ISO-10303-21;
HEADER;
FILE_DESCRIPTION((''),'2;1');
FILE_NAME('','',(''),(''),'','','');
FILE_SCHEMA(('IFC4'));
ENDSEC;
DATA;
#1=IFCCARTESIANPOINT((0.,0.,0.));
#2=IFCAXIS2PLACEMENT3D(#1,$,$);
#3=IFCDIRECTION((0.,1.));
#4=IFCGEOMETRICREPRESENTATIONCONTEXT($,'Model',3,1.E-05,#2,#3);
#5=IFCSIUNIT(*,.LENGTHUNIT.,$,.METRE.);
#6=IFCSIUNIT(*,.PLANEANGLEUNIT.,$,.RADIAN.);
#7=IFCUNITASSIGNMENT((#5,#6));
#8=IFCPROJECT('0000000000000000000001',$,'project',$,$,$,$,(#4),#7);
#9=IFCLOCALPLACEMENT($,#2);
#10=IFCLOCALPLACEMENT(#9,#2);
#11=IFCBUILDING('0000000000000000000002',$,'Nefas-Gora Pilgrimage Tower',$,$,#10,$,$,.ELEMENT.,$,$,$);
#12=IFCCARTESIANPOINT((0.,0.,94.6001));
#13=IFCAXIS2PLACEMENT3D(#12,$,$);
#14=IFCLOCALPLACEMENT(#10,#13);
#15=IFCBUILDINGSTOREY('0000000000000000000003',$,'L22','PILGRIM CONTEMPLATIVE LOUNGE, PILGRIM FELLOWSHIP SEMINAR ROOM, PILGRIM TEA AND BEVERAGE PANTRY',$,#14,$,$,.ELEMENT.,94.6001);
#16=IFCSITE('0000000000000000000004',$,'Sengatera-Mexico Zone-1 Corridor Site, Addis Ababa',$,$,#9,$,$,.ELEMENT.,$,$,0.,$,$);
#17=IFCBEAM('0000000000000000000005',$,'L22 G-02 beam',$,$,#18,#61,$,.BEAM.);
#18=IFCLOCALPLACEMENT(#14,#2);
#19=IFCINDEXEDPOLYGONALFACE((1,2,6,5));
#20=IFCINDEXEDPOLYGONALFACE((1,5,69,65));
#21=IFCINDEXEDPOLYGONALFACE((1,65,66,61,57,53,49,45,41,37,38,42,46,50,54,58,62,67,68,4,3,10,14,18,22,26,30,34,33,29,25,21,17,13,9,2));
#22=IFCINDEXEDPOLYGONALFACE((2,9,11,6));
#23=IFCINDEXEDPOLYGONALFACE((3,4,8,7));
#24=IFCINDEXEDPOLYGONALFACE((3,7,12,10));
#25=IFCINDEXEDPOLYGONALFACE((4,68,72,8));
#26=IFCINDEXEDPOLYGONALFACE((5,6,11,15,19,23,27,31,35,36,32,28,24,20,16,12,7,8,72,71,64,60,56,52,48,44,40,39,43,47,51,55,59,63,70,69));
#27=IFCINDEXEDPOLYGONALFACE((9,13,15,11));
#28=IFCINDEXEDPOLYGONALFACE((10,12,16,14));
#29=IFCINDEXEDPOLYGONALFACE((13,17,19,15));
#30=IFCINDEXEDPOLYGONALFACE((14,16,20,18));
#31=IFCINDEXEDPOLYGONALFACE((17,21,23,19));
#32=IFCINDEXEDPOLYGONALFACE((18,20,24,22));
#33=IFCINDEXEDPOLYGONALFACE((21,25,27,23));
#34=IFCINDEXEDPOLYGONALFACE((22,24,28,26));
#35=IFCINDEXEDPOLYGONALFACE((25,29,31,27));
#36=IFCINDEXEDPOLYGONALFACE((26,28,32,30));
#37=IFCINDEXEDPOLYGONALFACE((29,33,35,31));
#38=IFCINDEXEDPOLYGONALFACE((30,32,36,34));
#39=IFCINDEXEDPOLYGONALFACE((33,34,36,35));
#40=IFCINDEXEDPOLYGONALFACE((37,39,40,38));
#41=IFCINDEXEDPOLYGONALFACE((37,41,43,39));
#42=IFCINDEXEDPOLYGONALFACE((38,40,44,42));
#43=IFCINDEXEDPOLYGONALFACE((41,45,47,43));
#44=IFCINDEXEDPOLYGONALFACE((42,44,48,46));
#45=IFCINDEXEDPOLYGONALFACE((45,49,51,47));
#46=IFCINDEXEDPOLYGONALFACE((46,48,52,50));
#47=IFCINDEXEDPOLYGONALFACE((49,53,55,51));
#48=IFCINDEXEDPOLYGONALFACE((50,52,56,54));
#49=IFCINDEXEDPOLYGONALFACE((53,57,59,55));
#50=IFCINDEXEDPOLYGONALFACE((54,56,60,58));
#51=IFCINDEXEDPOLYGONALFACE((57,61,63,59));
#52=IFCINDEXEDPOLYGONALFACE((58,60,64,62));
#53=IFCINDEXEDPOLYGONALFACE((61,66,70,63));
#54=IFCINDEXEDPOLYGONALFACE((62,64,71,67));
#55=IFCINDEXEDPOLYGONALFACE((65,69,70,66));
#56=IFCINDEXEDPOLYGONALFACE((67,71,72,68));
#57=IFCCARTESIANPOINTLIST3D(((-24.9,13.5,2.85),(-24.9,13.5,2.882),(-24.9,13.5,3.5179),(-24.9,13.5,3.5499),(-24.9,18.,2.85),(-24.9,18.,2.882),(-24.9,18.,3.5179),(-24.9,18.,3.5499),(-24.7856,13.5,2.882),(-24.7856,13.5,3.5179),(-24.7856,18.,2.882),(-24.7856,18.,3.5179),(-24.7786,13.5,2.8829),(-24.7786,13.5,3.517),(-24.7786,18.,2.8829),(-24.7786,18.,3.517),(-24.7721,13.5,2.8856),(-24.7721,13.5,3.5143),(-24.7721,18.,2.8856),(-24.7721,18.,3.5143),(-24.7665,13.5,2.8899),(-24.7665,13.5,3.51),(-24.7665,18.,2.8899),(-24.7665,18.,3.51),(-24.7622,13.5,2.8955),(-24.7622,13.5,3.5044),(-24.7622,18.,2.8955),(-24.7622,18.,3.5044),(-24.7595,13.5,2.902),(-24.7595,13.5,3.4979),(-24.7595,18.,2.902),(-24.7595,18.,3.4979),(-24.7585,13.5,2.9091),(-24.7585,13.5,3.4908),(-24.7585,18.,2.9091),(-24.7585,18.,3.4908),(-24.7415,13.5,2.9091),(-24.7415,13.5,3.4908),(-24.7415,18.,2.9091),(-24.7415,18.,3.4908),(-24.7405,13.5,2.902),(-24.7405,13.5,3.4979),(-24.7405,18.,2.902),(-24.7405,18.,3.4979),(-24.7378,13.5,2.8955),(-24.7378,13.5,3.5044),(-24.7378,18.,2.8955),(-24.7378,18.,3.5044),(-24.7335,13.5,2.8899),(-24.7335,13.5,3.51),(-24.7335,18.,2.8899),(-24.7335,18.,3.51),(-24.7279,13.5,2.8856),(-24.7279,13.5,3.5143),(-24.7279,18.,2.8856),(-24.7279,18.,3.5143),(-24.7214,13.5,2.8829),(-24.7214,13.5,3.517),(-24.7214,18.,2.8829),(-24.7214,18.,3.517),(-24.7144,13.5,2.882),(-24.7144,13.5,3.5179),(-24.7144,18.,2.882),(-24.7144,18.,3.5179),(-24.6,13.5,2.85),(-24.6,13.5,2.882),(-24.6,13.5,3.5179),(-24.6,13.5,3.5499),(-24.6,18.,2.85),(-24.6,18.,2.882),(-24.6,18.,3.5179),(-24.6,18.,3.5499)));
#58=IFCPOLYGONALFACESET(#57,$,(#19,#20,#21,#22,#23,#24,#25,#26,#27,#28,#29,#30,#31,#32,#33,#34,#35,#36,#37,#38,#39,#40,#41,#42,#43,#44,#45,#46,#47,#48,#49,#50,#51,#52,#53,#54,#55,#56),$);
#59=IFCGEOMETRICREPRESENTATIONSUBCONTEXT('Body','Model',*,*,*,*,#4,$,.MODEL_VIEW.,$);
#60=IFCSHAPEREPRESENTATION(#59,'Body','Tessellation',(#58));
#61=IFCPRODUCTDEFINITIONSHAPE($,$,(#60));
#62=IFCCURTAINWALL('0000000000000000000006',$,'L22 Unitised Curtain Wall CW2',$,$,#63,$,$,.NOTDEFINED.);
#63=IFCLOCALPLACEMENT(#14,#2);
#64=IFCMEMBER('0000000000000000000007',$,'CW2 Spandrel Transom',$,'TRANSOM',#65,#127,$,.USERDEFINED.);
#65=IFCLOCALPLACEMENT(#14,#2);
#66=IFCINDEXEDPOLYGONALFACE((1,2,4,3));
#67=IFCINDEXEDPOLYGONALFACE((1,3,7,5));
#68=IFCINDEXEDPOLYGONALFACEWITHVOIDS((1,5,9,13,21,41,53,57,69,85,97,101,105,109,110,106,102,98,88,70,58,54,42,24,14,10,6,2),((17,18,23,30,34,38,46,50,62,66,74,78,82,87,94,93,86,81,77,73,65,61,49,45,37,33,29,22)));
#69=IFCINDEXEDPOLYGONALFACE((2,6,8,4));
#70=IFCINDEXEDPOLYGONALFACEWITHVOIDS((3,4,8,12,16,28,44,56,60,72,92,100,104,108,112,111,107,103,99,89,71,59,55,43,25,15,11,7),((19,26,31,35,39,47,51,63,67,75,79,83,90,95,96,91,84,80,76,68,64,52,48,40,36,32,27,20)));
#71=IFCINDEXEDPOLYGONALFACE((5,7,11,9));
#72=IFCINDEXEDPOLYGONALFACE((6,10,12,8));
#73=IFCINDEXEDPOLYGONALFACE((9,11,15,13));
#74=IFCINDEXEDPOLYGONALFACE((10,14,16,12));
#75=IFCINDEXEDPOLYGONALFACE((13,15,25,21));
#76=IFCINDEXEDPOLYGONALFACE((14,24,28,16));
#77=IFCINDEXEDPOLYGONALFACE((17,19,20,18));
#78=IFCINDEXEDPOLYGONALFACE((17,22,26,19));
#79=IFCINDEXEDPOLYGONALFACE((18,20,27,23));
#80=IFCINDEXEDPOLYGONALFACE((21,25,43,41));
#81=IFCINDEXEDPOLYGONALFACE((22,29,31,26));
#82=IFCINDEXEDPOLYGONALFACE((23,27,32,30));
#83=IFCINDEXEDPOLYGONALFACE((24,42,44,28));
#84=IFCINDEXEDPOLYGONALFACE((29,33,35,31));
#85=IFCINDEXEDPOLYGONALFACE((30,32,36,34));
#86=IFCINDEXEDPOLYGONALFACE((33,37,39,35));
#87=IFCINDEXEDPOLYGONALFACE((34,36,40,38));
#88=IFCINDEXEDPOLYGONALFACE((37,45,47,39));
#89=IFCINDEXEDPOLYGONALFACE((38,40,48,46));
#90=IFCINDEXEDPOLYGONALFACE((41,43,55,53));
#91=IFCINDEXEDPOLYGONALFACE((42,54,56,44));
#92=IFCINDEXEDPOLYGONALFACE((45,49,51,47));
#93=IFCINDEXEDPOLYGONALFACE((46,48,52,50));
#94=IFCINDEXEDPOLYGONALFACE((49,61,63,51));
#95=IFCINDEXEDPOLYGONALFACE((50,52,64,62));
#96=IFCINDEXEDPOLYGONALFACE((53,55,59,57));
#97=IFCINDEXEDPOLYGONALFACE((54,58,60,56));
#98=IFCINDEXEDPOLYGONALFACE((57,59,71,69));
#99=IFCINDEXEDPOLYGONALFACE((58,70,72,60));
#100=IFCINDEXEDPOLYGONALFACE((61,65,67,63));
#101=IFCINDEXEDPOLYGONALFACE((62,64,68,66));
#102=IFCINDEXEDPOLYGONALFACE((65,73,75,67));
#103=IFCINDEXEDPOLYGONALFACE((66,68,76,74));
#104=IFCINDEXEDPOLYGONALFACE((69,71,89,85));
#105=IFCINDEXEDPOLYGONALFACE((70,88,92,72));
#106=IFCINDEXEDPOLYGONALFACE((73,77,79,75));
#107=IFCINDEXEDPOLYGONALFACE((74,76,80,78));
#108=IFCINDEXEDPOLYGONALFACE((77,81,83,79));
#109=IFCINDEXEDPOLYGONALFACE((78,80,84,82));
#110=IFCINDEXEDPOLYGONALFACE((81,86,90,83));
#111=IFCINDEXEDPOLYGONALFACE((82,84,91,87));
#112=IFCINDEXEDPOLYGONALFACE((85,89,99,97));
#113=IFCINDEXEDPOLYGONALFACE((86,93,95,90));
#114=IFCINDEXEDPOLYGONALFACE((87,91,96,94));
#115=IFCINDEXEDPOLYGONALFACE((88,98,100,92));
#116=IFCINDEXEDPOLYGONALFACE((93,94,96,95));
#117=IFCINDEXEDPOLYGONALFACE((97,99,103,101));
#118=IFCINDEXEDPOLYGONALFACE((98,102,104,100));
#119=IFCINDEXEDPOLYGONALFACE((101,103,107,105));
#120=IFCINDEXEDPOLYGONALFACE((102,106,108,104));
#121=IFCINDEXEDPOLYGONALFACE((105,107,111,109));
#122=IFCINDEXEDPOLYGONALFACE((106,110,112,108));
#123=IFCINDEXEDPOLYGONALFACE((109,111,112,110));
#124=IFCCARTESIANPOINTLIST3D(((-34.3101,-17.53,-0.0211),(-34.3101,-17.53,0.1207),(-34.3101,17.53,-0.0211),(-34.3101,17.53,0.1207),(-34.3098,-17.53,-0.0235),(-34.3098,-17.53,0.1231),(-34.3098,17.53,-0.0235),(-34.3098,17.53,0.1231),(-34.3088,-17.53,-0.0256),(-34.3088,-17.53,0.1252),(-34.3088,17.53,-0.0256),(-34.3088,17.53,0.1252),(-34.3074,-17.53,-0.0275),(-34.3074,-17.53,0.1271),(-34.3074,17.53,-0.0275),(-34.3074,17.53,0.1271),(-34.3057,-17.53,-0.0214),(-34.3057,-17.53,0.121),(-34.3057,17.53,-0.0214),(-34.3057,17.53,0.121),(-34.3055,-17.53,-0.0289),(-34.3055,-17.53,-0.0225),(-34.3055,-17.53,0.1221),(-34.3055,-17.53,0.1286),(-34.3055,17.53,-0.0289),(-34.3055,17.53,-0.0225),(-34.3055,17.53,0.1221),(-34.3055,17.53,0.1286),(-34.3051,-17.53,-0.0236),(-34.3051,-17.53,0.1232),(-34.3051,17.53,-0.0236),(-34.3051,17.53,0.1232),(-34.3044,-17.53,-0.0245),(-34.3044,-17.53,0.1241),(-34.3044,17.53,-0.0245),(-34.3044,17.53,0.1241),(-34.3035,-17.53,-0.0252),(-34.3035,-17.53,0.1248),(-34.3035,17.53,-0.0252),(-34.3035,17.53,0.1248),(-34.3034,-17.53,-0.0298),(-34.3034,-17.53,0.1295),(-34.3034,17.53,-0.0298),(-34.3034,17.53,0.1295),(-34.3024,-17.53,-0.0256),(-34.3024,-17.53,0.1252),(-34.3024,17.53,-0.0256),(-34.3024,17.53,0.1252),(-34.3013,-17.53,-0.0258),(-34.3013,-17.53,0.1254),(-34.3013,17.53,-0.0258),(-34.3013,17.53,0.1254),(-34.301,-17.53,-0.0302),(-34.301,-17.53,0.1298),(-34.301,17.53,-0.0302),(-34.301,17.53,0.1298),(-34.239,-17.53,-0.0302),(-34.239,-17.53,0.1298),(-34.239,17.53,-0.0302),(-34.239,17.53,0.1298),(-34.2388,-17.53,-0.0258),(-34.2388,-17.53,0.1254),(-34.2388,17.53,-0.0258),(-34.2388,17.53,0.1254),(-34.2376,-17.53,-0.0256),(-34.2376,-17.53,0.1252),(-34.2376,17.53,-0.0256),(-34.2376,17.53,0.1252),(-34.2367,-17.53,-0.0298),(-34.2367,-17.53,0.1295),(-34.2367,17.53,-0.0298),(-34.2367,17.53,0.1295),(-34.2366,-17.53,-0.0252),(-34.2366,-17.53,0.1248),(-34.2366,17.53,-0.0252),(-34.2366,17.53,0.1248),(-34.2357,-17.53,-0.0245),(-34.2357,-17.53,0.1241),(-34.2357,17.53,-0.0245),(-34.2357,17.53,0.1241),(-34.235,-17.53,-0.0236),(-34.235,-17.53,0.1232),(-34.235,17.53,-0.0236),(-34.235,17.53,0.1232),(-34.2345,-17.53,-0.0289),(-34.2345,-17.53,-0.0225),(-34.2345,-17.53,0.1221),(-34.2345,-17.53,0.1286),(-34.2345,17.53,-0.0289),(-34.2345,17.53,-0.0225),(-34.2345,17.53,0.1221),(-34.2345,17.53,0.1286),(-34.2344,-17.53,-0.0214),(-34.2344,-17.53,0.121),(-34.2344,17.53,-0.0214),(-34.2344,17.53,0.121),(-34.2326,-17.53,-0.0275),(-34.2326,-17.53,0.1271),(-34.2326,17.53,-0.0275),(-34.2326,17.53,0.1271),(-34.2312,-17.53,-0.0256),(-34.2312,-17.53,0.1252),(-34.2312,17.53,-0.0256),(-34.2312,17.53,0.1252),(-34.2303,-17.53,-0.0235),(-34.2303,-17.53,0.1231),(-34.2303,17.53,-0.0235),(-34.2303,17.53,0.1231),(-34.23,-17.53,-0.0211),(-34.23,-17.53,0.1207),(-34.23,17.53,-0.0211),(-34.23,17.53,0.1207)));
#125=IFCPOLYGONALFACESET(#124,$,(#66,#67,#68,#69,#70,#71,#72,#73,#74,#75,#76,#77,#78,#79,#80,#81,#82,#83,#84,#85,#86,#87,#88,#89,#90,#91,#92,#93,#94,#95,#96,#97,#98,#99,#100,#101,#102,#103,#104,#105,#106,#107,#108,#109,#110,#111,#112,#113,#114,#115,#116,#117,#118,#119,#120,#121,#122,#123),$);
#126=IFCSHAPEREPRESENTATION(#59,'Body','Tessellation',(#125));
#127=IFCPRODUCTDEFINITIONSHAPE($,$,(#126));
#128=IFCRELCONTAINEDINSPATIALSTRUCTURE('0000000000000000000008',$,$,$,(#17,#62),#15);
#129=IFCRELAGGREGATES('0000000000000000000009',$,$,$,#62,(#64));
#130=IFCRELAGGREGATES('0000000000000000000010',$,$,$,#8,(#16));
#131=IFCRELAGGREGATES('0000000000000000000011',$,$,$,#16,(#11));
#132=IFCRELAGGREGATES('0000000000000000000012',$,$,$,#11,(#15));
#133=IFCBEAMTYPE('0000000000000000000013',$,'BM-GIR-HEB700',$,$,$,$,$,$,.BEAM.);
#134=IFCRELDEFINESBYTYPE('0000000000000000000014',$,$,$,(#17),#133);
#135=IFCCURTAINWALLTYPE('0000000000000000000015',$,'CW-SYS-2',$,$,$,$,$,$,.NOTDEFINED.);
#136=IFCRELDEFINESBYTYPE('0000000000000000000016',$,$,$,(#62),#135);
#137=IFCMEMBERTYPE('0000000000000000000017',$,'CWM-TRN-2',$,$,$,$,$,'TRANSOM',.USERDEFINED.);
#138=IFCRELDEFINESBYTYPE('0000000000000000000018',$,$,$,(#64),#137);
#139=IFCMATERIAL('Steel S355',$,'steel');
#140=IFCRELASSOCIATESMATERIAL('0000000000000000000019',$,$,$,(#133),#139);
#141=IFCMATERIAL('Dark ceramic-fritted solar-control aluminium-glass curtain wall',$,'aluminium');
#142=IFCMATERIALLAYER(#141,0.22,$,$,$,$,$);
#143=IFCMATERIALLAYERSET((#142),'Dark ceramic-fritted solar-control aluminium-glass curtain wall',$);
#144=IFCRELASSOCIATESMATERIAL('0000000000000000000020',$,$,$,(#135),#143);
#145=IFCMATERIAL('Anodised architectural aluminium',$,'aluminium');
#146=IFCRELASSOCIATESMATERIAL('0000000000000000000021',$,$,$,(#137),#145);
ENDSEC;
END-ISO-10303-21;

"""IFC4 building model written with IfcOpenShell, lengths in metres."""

from ifc_helpers import new_model, si_unit, direction, frame, origin, origin_2d, place, context, subcontext, project, spatial, hollow_rectangle, i_section, extrude, source, transform, mapped, material, layer, layer_set, material_profile, profile_set, type_object, element, aggregate, save


model = new_model("IFC4")

# Units and contexts
model_context = context("Model", 3, precision=1e-05, world=origin(), true_north=direction((0.0, 1.0)))
body_context = subcontext(model_context, "Body", "Model", "MODEL_VIEW")
ifc_project = project(units=[si_unit("LENGTHUNIT", "METRE"), si_unit("PLANEANGLEUNIT", "RADIAN")], contexts=[model_context])

# Site, building, storey
site_placement = place(None, origin())
site = spatial("IfcSite", under=ifc_project, at=site_placement, Name="Sengatera-Mexico Zone-1 Corridor Site, Addis Ababa", CompositionType="ELEMENT", RefElevation=0.0)
building_placement = place(site_placement, origin())
building = spatial("IfcBuilding", under=site, at=building_placement, Name="Nefas-Gora Pilgrimage Tower", CompositionType="ELEMENT")
storey_placement = place(building_placement, frame((0.0, 0.0, 94.6001)))
storey = spatial("IfcBuildingStorey", under=building, at=storey_placement, Name="L22", Description="PILGRIM CONTEMPLATIVE LOUNGE, PILGRIM FELLOWSHIP SEMINAR ROOM, PILGRIM TEA AND BEVERAGE PANTRY", CompositionType="ELEMENT", Elevation=94.6001)

# Beam
ifc_material_1 = material(Name="Steel S355", Category="steel")
ifc_material_profile_1 = material_profile(ifc_material_1, i_section(OverallWidth=0.3, OverallDepth=0.7, WebThickness=0.0171, FlangeThickness=0.032, FilletRadius=0.0271, at=origin_2d()), Name="HEB 700")
ifc_profile_set_1 = profile_set([ifc_material_profile_1], Name="Steel S355")
beam_type_1 = type_object("IfcBeamType", Name="BM-GIR-HEB700", PredefinedType="BEAM", material=ifc_profile_set_1)
shared_shape_1 = source(origin(), body_context, "Body", "SweptSolid", [
    extrude(i_section(OverallWidth=0.3, OverallDepth=0.7, WebThickness=0.0171, FlangeThickness=0.032, FilletRadius=0.0271, at=origin_2d()), origin(), (0.0, 0.0, 1.0), 4.5),
])
for number, where, z_axis, x_axis, name in (
    (1, (-24.75, 13.5, 3.2), (0.0, 1.0, 0.0), (-1.0, 0.0, 0.0), "L22 G-02 beam"),
):
    element("IfcBeam", number, at=place(storey_placement, frame(where, z_axis=z_axis, x_axis=x_axis)), inside=storey, type_object=beam_type_1, Name=name, PredefinedType="BEAM", context=body_context, shape_type="MappedRepresentation", body=[
        mapped(shared_shape_1, transform((0.0, 0.0, 0.0), x_axis=(1.0, 0.0, 0.0), y_axis=(0.0, 1.0, 0.0), z_axis=(0.0, 0.0, 1.0), scale=1.0)),
    ])

# Curtain wall, member
ifc_material_2 = material(Name="Dark ceramic-fritted solar-control aluminium-glass curtain wall", Category="aluminium")
ifc_layer_1 = layer(ifc_material_2, 0.22)
ifc_layer_set_1 = layer_set([ifc_layer_1], Name="Dark ceramic-fritted solar-control aluminium-glass curtain wall")
curtain_wall_type = type_object("IfcCurtainWallType", Name="CW-SYS-2", PredefinedType="NOTDEFINED", material=ifc_layer_set_1)
curtain_wall_1_placement = place(storey_placement, origin())
curtain_wall_1 = element("IfcCurtainWall", 2, at=curtain_wall_1_placement, inside=storey, type_object=curtain_wall_type, Name="L22 Unitised Curtain Wall CW2", PredefinedType="NOTDEFINED")
ifc_material_3 = material(Name="Anodised architectural aluminium", Category="aluminium")
ifc_material_profile_2 = material_profile(ifc_material_3, hollow_rectangle(XDim=0.0801, YDim=0.1599, WallThickness=0.0044, InnerFilletRadius=0.0044, OuterFilletRadius=0.009, at=origin_2d()), Name="ALU TRANSOM 80x160")
ifc_profile_set_2 = profile_set([ifc_material_profile_2], Name="Anodised architectural aluminium")
member_type_1 = type_object("IfcMemberType", Name="CWM-TRN-2", ElementType="TRANSOM", PredefinedType="USERDEFINED", material=ifc_profile_set_2)
shared_shape_2 = source(origin(), body_context, "Body", "SweptSolid", [
    extrude(hollow_rectangle(XDim=0.0801, YDim=0.1599, WallThickness=0.0044, InnerFilletRadius=0.0044, OuterFilletRadius=0.009, at=origin_2d()), origin(), (0.0, 0.0, 1.0), 35.0601),
])
member_1_placement = place(storey_placement, frame((-34.27, 17.53, 0.0498), z_axis=(0.0, -1.0, 0.0), x_axis=(1.0, 0.0, 0.0)))
member_1 = element("IfcMember", 3, at=member_1_placement, type_object=member_type_1, Name="CW2 Spandrel Transom", ObjectType="TRANSOM", PredefinedType="USERDEFINED", context=body_context, shape_type="MappedRepresentation", body=[
    mapped(shared_shape_2, transform((0.0, 0.0, 0.0), x_axis=(1.0, 0.0, 0.0), y_axis=(0.0, 1.0, 0.0), z_axis=(0.0, 0.0, 1.0), scale=1.0)),
])

aggregate(curtain_wall_1, [member_1])

save(model, "model.ifc")
